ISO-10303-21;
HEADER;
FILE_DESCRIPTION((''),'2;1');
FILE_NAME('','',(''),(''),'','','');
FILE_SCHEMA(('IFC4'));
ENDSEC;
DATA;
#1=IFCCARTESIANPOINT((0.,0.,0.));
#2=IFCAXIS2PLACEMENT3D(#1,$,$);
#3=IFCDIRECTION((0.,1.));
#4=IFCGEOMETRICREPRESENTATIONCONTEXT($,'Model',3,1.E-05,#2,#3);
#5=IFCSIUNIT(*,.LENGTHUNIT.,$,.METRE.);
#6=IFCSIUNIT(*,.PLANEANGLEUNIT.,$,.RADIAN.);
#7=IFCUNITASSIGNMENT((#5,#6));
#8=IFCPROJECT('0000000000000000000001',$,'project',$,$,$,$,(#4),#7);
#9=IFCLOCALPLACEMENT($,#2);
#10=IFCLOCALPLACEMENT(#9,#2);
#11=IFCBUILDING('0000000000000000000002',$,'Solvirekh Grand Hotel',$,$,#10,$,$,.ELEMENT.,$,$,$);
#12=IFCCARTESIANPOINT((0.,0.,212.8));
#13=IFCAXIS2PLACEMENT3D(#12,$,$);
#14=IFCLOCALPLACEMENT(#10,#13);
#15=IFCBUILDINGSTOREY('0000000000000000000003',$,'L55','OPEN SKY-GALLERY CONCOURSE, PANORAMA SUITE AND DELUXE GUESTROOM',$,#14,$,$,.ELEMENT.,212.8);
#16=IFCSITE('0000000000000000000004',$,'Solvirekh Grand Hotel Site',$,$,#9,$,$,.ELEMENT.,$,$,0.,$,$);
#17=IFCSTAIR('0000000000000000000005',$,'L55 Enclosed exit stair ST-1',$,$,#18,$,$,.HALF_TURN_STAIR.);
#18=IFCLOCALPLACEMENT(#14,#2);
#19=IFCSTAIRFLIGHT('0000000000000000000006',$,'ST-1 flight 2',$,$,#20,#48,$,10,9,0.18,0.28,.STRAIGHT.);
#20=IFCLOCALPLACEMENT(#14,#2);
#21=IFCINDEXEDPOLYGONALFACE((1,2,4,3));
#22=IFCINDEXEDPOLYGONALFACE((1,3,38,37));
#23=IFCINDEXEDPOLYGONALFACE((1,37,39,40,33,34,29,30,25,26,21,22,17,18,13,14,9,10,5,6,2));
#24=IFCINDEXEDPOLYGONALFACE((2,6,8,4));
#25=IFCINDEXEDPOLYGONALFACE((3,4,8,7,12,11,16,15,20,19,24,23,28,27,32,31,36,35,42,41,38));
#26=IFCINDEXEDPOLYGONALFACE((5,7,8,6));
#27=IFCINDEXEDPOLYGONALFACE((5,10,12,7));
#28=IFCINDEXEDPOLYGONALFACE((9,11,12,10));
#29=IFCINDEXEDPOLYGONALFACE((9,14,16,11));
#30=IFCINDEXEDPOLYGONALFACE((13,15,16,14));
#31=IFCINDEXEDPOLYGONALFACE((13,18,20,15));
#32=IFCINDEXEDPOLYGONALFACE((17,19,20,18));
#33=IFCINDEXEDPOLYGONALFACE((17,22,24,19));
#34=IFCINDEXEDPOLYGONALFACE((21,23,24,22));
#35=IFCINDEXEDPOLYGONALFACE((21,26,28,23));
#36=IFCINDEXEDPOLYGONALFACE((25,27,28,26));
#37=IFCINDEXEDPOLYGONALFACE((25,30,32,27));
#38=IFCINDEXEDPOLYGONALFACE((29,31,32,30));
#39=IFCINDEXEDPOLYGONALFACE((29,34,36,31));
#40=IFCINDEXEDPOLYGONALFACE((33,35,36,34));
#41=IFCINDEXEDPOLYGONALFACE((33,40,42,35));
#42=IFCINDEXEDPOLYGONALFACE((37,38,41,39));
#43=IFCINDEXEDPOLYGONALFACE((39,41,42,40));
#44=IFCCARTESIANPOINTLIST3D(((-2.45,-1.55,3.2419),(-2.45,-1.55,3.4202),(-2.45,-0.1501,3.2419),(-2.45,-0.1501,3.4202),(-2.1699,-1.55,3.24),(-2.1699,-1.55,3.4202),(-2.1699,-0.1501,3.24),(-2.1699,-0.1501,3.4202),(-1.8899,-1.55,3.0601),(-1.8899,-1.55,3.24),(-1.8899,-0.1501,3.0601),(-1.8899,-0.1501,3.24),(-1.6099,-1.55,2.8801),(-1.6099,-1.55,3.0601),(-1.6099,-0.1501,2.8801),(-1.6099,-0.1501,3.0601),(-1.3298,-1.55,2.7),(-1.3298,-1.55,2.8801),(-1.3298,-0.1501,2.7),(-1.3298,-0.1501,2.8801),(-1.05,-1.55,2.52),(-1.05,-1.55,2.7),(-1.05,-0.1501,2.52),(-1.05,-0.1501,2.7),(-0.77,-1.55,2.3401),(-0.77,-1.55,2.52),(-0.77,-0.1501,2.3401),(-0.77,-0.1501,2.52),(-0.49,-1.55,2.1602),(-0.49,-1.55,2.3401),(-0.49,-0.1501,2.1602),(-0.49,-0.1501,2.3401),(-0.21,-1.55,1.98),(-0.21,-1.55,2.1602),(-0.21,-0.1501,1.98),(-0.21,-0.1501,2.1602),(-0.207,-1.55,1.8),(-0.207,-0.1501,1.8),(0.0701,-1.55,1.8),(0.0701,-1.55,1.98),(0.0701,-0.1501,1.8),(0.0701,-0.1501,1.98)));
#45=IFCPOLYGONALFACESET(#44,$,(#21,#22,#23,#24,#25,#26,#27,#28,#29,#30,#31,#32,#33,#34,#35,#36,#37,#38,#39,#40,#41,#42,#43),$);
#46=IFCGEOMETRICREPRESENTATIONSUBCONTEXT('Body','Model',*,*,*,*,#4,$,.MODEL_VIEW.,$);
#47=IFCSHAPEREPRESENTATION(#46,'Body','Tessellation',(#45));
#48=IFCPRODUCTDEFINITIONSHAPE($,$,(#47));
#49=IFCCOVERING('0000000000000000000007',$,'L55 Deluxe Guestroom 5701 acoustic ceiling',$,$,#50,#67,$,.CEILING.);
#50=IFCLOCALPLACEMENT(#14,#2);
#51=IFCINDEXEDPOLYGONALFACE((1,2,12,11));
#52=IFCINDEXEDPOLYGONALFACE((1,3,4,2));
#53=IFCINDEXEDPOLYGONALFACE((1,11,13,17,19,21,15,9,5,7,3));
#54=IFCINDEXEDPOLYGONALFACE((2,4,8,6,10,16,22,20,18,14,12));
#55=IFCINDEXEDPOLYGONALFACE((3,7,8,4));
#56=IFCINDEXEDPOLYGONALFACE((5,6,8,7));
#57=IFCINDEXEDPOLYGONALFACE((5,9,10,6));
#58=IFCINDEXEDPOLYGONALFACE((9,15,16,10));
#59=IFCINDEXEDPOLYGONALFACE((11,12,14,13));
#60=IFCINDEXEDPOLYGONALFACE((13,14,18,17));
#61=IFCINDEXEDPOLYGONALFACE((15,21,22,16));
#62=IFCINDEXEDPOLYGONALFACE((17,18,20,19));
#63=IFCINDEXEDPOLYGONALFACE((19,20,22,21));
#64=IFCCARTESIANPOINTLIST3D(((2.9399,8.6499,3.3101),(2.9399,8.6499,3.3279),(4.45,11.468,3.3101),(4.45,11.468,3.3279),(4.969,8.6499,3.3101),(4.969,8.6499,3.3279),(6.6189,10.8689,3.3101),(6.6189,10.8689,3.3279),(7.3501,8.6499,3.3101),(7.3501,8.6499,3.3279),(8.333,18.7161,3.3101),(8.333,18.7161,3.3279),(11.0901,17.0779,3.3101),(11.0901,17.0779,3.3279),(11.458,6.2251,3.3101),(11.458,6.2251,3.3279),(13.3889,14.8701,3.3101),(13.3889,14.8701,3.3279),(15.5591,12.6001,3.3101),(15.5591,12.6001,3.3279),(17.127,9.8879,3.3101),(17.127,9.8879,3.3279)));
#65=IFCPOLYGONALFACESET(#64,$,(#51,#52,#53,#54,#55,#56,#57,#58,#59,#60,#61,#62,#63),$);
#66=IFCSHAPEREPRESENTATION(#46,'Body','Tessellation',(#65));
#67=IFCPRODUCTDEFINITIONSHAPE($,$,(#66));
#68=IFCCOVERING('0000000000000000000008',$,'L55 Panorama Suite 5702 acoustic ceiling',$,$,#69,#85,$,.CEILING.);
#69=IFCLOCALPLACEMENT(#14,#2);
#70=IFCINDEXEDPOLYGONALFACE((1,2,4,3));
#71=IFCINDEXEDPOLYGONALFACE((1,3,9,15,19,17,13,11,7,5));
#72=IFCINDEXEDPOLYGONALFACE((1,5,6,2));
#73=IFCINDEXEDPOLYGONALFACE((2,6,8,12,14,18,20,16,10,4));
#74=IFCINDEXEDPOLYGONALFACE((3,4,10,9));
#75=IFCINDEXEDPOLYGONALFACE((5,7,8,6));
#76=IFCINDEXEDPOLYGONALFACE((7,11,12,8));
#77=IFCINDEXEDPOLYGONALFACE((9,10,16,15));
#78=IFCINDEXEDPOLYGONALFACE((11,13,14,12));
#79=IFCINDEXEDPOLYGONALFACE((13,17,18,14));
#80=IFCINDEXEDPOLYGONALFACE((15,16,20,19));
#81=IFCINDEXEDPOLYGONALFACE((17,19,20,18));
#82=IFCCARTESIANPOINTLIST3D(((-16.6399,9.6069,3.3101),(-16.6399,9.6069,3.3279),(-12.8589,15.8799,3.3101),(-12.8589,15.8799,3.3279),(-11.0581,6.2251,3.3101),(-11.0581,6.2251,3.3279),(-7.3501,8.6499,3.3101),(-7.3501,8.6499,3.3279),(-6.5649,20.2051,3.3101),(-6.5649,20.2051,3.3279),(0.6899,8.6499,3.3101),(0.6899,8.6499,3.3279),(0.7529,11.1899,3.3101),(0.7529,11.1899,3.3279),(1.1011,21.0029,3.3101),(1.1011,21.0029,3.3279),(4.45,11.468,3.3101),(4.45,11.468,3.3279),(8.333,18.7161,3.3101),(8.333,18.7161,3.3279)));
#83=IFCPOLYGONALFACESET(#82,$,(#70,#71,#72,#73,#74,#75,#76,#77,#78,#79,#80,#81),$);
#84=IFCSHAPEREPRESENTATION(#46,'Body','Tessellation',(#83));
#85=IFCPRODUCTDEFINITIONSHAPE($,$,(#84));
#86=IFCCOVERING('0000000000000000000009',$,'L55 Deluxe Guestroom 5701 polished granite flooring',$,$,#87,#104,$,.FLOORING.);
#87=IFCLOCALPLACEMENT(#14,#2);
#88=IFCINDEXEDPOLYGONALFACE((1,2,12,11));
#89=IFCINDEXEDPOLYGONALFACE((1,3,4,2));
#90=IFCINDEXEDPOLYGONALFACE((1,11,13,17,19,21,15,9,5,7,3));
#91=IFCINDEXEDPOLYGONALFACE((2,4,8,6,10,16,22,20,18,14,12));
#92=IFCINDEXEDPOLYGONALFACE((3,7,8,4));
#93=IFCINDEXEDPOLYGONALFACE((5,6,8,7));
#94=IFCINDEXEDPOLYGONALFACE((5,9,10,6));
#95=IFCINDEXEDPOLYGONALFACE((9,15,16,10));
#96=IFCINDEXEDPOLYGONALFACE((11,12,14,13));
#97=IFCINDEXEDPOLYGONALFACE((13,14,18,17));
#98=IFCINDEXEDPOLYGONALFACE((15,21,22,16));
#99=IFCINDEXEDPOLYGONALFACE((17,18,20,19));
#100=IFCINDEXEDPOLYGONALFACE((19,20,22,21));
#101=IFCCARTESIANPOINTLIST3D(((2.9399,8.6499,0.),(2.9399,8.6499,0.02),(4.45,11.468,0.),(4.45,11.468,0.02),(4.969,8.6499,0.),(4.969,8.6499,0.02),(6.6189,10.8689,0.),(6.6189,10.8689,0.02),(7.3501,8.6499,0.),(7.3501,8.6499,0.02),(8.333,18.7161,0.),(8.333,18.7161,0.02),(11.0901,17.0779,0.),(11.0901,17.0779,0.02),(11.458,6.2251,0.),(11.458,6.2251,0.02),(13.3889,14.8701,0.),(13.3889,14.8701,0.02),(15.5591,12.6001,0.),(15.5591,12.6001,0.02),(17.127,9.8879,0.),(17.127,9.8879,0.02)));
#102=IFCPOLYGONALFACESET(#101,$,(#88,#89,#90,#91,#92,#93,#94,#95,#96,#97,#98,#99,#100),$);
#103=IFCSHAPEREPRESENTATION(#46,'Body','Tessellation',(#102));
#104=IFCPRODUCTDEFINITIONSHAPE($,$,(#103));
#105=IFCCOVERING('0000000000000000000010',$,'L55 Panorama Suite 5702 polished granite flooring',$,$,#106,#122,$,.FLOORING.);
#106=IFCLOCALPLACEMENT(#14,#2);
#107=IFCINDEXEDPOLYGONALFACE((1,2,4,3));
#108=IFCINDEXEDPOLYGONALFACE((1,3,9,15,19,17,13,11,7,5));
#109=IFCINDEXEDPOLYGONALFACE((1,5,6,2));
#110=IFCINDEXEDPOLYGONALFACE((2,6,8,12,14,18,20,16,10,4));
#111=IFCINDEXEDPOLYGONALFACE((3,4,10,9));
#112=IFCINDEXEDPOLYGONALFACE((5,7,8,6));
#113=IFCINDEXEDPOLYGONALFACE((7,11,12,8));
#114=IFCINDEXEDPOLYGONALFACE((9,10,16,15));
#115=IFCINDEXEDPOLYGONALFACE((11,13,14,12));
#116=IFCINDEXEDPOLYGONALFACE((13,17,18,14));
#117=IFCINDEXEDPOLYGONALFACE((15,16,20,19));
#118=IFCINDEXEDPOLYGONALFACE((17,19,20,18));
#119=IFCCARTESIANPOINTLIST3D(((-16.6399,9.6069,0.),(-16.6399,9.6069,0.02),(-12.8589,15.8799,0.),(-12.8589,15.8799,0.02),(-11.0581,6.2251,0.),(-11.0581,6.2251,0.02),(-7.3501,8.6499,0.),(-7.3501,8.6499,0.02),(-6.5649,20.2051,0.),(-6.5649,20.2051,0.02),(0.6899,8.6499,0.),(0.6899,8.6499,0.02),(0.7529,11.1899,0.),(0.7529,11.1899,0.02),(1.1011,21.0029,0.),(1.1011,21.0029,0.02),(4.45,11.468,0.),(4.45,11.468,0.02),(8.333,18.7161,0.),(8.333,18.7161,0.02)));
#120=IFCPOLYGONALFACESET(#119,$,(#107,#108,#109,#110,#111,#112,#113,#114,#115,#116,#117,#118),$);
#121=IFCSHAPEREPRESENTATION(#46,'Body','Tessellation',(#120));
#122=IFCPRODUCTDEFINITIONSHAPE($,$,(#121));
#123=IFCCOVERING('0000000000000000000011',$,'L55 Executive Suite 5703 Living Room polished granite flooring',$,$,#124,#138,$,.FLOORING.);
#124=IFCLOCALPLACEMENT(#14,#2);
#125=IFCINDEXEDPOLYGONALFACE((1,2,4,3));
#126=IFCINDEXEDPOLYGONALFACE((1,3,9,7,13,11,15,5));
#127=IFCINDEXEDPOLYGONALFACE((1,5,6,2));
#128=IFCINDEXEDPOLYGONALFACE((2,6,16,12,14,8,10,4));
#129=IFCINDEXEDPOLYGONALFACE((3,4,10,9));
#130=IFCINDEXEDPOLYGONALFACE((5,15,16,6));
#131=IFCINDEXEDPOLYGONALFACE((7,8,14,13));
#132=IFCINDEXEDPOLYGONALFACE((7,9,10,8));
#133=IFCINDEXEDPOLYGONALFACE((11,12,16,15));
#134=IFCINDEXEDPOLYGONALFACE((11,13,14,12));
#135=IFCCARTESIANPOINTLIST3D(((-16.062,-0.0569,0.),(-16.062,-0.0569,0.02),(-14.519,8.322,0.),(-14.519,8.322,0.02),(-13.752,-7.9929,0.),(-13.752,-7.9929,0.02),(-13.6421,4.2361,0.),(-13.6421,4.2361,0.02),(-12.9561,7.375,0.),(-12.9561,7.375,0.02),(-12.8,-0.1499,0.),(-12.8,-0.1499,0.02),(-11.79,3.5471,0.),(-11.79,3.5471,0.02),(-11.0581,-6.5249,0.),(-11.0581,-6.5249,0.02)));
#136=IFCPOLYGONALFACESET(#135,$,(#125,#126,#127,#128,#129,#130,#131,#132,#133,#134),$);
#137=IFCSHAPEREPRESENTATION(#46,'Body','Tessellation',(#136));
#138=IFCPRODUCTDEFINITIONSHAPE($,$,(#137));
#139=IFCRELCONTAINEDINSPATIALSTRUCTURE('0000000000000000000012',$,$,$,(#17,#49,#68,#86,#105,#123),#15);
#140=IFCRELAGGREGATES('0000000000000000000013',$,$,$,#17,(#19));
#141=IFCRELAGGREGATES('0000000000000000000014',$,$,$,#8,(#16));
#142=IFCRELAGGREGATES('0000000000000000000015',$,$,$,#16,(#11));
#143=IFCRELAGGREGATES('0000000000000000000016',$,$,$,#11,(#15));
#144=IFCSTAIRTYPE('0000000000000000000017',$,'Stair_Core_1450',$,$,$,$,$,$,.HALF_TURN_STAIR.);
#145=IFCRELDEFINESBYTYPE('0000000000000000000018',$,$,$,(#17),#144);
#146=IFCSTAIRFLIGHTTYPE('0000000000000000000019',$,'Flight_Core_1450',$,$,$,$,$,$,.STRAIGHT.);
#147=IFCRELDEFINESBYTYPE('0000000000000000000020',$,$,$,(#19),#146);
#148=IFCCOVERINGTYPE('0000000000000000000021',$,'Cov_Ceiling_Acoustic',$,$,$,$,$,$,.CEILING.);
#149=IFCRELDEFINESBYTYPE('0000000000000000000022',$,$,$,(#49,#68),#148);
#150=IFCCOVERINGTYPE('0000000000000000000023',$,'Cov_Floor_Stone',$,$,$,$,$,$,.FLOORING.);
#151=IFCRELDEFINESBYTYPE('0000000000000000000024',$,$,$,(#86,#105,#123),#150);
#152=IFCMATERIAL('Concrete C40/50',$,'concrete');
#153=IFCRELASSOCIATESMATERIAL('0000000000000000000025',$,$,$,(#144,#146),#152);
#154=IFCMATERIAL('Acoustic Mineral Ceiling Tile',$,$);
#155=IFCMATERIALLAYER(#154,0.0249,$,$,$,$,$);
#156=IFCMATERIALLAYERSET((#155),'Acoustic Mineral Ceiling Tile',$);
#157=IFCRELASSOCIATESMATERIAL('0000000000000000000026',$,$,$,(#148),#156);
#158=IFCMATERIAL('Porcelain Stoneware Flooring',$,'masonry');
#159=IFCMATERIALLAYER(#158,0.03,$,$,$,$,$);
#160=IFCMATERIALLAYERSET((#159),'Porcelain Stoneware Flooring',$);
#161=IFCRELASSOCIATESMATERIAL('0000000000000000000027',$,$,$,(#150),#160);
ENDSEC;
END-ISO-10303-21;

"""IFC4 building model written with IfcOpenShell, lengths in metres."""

from ifc_helpers import new_model, si_unit, direction, frame, origin, place, context, subcontext, project, spatial, polyline, outline, extrude, material, layer, layer_set, type_object, element, aggregate, save


model = new_model("IFC4")

# Units and contexts
model_context = context("Model", 3, precision=1e-05, world=origin(), true_north=direction((0.0, 1.0)))
body_context = subcontext(model_context, "Body", "Model", "MODEL_VIEW")
ifc_project = project(units=[si_unit("LENGTHUNIT", "METRE"), si_unit("PLANEANGLEUNIT", "RADIAN")], contexts=[model_context])

# Site, building, storey
site_placement = place(None, origin())
site = spatial("IfcSite", under=ifc_project, at=site_placement, Name="Solvirekh Grand Hotel Site", CompositionType="ELEMENT", RefElevation=0.0)
building_placement = place(site_placement, origin())
building = spatial("IfcBuilding", under=site, at=building_placement, Name="Solvirekh Grand Hotel", CompositionType="ELEMENT")
storey_placement = place(building_placement, frame((0.0, 0.0, 212.8)))
storey = spatial("IfcBuildingStorey", under=building, at=storey_placement, Name="L55", Description="OPEN SKY-GALLERY CONCOURSE, PANORAMA SUITE AND DELUXE GUESTROOM", CompositionType="ELEMENT", Elevation=212.8)

# Shared definitions
ifc_material_1 = material(Name="Concrete C40/50", Category="concrete")

# Stair, stair flight
stair_type = type_object("IfcStairType", Name="Stair_Core_1450", PredefinedType="HALF_TURN_STAIR", material=ifc_material_1)
stair_placement = place(storey_placement, origin())
stair = element("IfcStair", 1, at=stair_placement, inside=storey, type_object=stair_type, Name="L55 Enclosed exit stair ST-1", PredefinedType="HALF_TURN_STAIR")
stair_flight_type = type_object("IfcStairFlightType", Name="Flight_Core_1450", PredefinedType="STRAIGHT", material=ifc_material_1)
stair_flight_placement = place(storey_placement, frame((0.0701, -0.8501, 1.8), z_axis=(0.0, 0.0, 1.0), x_axis=(-1.0, 0.0, 0.0)))
stair_flight = element("IfcStairFlight", 2, at=stair_flight_placement, type_object=stair_flight_type, Name="ST-1 flight 2", NumberOfRisers=10, NumberOfTreads=9, PredefinedType="STRAIGHT", RiserHeight=0.18, TreadLength=0.28, context=body_context, shape_type="SweptSolid", body=[
    extrude(outline(polyline([(0.0, 0.0), (0.0, 0.1799), (0.28, 0.1799), (0.28, 0.3601), (0.5601, 0.3601), (0.5601, 0.54), (0.8401, 0.54), (0.8401, 0.72), (1.1201, 0.72), (1.1201, 0.8999), (1.3999, 0.8999), (1.3999, 1.0801), (1.6799, 1.0801), (1.6799, 1.26), (1.96, 1.26), (1.96, 1.4399), (2.24, 1.4399), (2.24, 1.6201), (2.52, 1.6201), (2.52, 1.8), (2.52, 1.4419), (0.2771, 0.0), (0.0, 0.0)])), frame((0.0, 0.7, 0.0), z_axis=(0.0, -1.0, 0.0), x_axis=(1.0, 0.0, 0.0)), (0.0, 0.0, 1.0), 1.3999),
])
aggregate(stair, [stair_flight])

# Coverings
ifc_material_2 = material(Name="Acoustic Mineral Ceiling Tile")
ifc_layer_1 = layer(ifc_material_2, 0.0249)
ifc_layer_set_1 = layer_set([ifc_layer_1], Name="Acoustic Mineral Ceiling Tile")
covering_type_1 = type_object("IfcCoveringType", Name="Cov_Ceiling_Acoustic", PredefinedType="CEILING", material=ifc_layer_set_1)
covering_1_placement = place(storey_placement, frame((0.0, 0.0, 3.3101)))
element("IfcCovering", 3, at=covering_1_placement, inside=storey, type_object=covering_type_1, Name="L55 Deluxe Guestroom 5701 acoustic ceiling", PredefinedType="CEILING", context=body_context, shape_type="SweptSolid", body=[
    extrude(outline(polyline([(2.9399, 8.6499), (4.45, 11.468), (6.6189, 10.8689), (4.969, 8.6499), (7.3501, 8.6499), (11.458, 6.2251), (17.127, 9.8879), (15.5591, 12.6001), (13.3889, 14.8701), (11.0901, 17.0779), (8.333, 18.7161), (2.9399, 8.6499)])), origin(), (0.0, 0.0, 1.0), 0.0178),
])
covering_2_placement = place(storey_placement, frame((0.0, 0.0, 3.3101)))
element("IfcCovering", 4, at=covering_2_placement, inside=storey, type_object=covering_type_1, Name="L55 Panorama Suite 5702 acoustic ceiling", PredefinedType="CEILING", context=body_context, shape_type="SweptSolid", body=[
    extrude(outline(polyline([(0.6899, 8.6499), (0.7529, 11.1899), (4.45, 11.468), (8.333, 18.7161), (1.1011, 21.0029), (-6.5649, 20.2051), (-12.8589, 15.8799), (-16.6399, 9.6069), (-11.0581, 6.2251), (-7.3501, 8.6499), (0.6899, 8.6499)])), origin(), (0.0, 0.0, 1.0), 0.0178),
])
ifc_material_3 = material(Name="Porcelain Stoneware Flooring", Category="masonry")
ifc_layer_2 = layer(ifc_material_3, 0.03)
ifc_layer_set_2 = layer_set([ifc_layer_2], Name="Porcelain Stoneware Flooring")
covering_type_2 = type_object("IfcCoveringType", Name="Cov_Floor_Stone", PredefinedType="FLOORING", material=ifc_layer_set_2)
covering_3_placement = place(storey_placement, origin())
element("IfcCovering", 5, at=covering_3_placement, inside=storey, type_object=covering_type_2, Name="L55 Deluxe Guestroom 5701 polished granite flooring", PredefinedType="FLOORING", context=body_context, shape_type="SweptSolid", body=[
    extrude(outline(polyline([(2.9399, 8.6499), (4.45, 11.468), (6.6189, 10.8689), (4.969, 8.6499), (7.3501, 8.6499), (11.458, 6.2251), (17.127, 9.8879), (15.5591, 12.6001), (13.3889, 14.8701), (11.0901, 17.0779), (8.333, 18.7161), (2.9399, 8.6499)])), origin(), (0.0, 0.0, 1.0), 0.02),
])
covering_4_placement = place(storey_placement, origin())
element("IfcCovering", 6, at=covering_4_placement, inside=storey, type_object=covering_type_2, Name="L55 Panorama Suite 5702 polished granite flooring", PredefinedType="FLOORING", context=body_context, shape_type="SweptSolid", body=[
    extrude(outline(polyline([(0.6899, 8.6499), (0.7529, 11.1899), (4.45, 11.468), (8.333, 18.7161), (1.1011, 21.0029), (-6.5649, 20.2051), (-12.8589, 15.8799), (-16.6399, 9.6069), (-11.0581, 6.2251), (-7.3501, 8.6499), (0.6899, 8.6499)])), origin(), (0.0, 0.0, 1.0), 0.02),
])
covering_5_placement = place(storey_placement, origin())
element("IfcCovering", 7, at=covering_5_placement, inside=storey, type_object=covering_type_2, Name="L55 Executive Suite 5703 Living Room polished granite flooring", PredefinedType="FLOORING", context=body_context, shape_type="SweptSolid", body=[
    extrude(outline(polyline([(-13.6421, 4.2361), (-12.9561, 7.375), (-14.519, 8.322), (-16.062, -0.0569), (-13.752, -7.9929), (-11.0581, -6.5249), (-12.8, -0.1499), (-11.79, 3.5471), (-13.6421, 4.2361)])), origin(), (0.0, 0.0, 1.0), 0.02),
])

save(model, "model.ifc")
